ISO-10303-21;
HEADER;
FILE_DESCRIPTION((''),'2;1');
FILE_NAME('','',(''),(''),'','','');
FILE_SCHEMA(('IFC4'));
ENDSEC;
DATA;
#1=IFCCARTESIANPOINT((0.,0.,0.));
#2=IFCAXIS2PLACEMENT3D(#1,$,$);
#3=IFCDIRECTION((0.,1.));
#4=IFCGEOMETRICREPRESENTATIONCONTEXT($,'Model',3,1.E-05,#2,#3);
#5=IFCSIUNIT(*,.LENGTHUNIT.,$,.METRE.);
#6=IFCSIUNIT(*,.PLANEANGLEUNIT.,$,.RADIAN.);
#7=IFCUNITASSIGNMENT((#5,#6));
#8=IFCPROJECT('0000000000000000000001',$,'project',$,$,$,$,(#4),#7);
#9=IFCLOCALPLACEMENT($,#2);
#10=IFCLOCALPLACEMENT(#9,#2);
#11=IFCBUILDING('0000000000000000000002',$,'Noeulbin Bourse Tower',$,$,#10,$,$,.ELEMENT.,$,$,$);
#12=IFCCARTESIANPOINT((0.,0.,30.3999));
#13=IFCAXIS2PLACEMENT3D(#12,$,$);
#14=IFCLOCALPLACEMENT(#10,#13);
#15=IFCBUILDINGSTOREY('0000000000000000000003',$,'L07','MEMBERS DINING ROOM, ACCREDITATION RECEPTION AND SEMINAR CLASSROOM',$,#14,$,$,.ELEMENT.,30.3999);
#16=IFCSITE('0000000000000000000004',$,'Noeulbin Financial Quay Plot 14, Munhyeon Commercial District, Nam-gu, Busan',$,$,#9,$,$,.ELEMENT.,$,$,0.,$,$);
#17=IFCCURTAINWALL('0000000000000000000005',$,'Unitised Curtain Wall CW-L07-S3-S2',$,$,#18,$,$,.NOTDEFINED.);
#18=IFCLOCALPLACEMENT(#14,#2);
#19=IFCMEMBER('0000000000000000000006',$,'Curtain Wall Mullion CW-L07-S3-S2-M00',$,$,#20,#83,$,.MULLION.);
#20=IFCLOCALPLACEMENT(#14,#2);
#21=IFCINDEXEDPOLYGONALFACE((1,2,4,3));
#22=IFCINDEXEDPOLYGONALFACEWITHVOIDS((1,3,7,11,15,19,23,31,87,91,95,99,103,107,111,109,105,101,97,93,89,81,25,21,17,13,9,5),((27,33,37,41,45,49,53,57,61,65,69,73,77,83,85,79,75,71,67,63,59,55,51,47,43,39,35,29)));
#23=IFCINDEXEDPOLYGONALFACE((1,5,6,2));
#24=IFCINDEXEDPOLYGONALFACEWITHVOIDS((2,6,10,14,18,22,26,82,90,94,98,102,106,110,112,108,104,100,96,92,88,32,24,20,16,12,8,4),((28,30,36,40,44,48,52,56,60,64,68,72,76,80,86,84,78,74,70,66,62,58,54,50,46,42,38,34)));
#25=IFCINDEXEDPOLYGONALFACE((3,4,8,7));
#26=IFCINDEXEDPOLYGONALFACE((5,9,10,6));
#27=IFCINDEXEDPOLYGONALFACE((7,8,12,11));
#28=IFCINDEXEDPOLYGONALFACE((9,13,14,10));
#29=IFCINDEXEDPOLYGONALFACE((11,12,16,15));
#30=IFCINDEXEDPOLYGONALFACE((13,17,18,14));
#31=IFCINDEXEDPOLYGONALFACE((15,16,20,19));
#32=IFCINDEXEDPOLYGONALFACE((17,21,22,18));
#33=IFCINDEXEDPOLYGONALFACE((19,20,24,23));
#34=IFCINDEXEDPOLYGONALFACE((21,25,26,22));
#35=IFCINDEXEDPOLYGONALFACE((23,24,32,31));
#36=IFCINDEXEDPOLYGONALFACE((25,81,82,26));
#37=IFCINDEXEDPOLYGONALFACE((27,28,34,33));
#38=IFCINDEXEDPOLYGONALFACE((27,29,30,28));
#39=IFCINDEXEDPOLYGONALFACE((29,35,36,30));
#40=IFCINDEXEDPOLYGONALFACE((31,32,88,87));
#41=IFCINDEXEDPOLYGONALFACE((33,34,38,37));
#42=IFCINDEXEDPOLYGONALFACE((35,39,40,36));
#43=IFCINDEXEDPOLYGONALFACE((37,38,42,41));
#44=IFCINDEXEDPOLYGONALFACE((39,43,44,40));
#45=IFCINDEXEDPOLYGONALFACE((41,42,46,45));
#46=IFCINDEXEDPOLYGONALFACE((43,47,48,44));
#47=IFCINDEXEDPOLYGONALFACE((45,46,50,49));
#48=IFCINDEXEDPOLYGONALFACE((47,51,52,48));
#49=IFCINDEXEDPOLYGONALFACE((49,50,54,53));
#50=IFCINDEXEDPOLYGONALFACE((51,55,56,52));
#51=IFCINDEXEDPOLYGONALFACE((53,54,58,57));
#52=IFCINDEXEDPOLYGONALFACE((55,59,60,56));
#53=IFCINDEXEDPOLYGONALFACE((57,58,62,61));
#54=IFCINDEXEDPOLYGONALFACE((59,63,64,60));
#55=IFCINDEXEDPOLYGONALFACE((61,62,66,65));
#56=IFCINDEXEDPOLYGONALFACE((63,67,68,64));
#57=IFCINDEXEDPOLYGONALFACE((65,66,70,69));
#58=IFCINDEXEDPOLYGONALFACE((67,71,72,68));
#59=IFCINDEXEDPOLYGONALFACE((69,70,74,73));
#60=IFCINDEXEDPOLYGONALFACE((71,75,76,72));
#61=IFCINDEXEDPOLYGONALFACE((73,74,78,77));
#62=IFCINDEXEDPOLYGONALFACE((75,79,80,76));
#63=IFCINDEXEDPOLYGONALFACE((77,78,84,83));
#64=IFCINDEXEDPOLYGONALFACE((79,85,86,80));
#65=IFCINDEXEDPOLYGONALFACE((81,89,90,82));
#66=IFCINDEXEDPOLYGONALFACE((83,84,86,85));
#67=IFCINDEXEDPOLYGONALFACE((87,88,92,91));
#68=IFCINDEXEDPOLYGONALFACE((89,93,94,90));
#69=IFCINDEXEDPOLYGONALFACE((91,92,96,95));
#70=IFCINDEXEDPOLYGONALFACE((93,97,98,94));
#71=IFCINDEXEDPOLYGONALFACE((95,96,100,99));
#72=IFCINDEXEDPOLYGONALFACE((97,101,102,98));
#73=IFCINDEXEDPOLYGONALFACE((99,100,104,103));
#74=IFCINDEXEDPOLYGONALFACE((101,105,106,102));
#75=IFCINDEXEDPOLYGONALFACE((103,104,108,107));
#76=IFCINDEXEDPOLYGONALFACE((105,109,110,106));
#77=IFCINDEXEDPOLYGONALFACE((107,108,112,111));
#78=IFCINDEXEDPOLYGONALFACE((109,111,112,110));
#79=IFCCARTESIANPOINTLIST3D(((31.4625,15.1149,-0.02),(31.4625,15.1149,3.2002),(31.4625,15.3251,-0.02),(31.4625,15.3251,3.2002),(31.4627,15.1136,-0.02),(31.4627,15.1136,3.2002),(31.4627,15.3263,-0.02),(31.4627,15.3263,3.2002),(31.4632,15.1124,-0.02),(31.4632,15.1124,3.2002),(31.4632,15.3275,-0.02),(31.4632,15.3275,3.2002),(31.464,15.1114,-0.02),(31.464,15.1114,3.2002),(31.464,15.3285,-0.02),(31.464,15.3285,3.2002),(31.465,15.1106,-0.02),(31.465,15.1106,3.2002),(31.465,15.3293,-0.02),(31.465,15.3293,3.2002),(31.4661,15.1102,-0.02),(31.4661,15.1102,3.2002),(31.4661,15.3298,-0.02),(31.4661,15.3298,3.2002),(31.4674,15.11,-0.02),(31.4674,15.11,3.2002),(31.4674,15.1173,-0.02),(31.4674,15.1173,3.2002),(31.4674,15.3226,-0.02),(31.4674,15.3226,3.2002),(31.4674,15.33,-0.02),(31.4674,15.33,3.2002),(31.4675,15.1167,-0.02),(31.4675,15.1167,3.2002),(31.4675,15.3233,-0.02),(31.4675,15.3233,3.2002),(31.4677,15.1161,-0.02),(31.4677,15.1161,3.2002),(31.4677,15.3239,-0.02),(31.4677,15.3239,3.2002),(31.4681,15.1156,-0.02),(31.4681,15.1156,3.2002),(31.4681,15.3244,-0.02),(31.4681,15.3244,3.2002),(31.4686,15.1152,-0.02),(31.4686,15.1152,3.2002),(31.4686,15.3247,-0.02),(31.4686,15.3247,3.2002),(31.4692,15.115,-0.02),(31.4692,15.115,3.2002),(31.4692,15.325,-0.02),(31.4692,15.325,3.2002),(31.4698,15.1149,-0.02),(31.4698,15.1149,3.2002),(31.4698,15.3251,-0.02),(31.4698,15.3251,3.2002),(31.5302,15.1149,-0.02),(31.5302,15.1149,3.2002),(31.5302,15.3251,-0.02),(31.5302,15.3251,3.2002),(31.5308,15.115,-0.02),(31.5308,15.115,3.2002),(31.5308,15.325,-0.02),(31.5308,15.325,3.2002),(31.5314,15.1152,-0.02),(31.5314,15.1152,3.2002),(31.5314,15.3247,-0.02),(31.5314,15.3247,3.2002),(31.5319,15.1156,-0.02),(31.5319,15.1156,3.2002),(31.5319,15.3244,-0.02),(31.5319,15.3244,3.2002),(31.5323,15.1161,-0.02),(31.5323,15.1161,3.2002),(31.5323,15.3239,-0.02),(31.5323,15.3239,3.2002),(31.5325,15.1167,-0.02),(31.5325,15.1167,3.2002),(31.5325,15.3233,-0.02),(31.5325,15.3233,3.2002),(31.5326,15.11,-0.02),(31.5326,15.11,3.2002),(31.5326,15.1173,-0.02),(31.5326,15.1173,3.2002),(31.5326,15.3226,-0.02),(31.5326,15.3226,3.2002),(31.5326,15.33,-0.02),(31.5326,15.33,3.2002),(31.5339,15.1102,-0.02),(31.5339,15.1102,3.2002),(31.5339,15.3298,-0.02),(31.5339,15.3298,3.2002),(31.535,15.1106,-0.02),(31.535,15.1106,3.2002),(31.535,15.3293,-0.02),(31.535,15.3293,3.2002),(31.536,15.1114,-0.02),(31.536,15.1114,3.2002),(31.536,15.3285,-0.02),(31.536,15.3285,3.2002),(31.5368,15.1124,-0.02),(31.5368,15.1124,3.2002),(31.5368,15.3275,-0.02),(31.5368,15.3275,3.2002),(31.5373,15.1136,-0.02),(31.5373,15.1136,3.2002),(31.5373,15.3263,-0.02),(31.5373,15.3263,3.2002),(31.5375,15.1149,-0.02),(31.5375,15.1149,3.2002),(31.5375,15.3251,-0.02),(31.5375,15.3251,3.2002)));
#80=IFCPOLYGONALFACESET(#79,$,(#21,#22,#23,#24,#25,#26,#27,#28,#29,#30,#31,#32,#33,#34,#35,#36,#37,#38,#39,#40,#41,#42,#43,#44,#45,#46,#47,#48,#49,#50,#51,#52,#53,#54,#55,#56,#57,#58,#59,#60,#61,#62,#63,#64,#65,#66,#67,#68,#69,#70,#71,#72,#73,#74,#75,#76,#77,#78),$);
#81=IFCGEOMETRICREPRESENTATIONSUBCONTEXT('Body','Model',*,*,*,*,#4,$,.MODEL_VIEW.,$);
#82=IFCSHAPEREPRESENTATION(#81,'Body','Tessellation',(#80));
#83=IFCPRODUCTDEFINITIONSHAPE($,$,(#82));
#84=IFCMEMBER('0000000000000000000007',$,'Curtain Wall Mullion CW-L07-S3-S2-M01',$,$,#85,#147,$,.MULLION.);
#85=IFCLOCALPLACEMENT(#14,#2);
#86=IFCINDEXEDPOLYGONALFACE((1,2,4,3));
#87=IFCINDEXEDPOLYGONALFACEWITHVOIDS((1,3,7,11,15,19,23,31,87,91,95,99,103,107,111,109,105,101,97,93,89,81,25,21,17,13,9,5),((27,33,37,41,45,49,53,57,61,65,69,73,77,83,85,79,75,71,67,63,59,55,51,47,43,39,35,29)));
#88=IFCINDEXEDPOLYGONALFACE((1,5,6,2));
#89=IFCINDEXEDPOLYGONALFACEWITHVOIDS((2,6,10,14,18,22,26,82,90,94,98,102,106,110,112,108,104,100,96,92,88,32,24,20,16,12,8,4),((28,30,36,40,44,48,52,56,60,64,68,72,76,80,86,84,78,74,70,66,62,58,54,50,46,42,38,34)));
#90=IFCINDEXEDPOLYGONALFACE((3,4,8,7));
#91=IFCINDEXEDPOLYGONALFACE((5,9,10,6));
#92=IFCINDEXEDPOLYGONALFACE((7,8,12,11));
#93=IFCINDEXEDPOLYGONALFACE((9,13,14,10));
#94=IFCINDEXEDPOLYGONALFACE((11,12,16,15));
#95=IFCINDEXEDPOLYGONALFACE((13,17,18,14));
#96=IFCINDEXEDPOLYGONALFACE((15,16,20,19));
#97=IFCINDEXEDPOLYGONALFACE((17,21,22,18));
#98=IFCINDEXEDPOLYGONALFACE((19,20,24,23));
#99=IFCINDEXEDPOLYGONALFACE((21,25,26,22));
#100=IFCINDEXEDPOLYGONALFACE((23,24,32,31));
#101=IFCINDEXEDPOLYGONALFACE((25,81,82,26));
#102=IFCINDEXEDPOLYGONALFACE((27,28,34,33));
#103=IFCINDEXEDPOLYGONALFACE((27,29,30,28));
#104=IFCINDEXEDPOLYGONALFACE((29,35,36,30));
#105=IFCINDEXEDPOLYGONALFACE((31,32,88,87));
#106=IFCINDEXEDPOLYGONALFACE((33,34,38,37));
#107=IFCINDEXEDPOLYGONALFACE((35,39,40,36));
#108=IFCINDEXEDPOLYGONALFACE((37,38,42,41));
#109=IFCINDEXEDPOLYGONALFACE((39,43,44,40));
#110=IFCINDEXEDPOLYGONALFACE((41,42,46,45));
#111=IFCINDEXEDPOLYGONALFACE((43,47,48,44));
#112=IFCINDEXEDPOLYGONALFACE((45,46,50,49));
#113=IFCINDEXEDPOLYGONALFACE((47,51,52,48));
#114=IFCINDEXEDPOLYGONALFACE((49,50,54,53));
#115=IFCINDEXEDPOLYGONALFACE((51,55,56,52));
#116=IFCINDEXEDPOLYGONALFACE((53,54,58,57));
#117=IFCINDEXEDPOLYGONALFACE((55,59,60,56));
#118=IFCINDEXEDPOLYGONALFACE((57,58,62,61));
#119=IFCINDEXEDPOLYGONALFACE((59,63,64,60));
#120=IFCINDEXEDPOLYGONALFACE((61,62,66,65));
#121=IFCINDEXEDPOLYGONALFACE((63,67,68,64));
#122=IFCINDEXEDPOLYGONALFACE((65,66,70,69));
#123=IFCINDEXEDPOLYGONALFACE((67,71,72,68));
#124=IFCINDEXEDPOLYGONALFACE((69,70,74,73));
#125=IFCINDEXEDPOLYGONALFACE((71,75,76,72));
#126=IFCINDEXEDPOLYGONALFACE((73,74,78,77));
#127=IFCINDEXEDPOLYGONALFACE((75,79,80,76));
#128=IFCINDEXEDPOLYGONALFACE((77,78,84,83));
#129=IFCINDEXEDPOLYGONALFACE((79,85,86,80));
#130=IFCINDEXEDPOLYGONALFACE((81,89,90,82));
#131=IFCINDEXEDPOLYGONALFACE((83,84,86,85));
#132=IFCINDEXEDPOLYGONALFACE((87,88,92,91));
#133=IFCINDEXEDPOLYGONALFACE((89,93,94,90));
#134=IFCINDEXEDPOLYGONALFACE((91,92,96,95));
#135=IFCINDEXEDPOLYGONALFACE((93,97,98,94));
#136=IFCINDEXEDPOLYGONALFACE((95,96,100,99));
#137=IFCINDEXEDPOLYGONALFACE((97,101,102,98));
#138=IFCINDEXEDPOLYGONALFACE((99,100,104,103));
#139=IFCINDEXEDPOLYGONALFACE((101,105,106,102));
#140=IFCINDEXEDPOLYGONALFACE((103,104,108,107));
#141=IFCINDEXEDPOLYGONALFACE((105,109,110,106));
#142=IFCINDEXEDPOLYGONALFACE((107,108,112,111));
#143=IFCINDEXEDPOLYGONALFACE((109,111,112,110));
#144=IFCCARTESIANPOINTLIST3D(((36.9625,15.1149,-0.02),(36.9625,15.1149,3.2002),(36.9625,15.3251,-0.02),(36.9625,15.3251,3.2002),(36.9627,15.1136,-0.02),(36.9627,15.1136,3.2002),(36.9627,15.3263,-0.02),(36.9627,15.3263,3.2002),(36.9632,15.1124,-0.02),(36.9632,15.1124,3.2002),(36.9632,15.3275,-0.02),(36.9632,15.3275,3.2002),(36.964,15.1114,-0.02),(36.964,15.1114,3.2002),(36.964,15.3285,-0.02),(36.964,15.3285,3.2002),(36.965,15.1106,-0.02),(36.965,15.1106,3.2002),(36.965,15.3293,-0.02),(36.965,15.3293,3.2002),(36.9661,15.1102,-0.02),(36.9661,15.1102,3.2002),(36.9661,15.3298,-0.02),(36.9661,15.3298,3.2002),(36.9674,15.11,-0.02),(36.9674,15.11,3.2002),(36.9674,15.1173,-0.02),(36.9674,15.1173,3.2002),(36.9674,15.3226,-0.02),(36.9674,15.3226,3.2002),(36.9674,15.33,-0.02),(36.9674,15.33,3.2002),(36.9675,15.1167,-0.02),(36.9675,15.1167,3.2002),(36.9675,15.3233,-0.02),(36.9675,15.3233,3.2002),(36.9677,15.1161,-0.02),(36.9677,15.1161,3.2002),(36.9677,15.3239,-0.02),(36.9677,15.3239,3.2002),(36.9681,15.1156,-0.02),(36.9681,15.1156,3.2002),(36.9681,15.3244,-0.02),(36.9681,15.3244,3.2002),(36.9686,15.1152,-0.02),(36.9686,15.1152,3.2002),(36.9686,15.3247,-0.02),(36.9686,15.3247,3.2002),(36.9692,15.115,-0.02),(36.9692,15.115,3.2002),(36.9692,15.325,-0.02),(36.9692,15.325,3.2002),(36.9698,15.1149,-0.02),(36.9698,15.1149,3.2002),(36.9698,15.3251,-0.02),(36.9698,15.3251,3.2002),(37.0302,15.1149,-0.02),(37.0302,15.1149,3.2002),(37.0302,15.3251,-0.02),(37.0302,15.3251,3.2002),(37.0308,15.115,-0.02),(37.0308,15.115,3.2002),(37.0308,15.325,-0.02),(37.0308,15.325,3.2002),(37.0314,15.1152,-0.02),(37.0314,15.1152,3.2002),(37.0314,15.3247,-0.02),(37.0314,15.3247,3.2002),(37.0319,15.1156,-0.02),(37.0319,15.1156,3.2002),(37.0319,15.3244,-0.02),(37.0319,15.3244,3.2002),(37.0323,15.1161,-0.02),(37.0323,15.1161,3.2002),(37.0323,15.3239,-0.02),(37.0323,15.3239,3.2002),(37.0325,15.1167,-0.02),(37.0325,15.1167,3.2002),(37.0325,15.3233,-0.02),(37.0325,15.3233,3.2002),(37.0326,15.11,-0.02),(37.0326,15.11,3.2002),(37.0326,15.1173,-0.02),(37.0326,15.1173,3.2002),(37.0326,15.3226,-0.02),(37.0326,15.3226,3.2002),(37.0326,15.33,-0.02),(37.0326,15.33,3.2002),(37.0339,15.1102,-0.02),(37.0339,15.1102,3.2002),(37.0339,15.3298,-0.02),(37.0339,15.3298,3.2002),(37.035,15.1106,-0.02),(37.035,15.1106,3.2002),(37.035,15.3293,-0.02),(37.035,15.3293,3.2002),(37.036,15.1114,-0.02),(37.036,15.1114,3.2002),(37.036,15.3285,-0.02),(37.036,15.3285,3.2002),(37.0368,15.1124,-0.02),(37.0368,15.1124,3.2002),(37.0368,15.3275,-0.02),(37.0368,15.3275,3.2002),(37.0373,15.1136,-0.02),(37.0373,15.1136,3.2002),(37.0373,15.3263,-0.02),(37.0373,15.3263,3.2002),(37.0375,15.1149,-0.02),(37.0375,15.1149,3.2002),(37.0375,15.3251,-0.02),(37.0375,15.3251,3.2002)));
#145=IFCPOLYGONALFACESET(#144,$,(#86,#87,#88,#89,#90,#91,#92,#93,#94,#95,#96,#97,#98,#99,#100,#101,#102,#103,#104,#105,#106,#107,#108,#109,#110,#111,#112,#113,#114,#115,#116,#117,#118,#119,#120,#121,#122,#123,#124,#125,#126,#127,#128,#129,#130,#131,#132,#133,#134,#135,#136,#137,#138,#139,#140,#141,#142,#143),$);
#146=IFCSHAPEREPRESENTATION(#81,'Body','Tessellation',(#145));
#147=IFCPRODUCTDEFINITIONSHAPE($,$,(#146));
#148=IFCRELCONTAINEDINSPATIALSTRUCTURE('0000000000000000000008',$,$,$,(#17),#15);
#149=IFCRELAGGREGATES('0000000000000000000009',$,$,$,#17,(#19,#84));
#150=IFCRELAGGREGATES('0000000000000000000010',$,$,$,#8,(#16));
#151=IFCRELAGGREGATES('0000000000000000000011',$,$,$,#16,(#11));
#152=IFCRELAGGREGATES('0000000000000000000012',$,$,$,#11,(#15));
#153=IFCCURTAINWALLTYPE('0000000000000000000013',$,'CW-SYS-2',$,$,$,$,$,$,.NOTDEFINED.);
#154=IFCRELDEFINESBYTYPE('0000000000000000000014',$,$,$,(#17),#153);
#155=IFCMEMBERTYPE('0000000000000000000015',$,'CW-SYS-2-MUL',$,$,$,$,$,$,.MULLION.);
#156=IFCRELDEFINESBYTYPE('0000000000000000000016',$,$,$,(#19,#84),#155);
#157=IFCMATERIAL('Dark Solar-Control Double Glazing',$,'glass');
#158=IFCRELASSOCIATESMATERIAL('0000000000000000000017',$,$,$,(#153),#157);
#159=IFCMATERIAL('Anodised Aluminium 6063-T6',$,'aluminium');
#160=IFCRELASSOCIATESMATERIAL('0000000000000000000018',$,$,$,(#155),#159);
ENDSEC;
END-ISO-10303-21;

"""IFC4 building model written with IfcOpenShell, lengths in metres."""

from ifc_helpers import new_model, si_unit, direction, frame, origin, origin_2d, place, context, subcontext, project, spatial, hollow_rectangle, extrude, material, material_profile, profile_set, type_object, element, aggregate, save


model = new_model("IFC4")

# Units and contexts
model_context = context("Model", 3, precision=1e-05, world=origin(), true_north=direction((0.0, 1.0)))
body_context = subcontext(model_context, "Body", "Model", "MODEL_VIEW")
ifc_project = project(units=[si_unit("LENGTHUNIT", "METRE"), si_unit("PLANEANGLEUNIT", "RADIAN")], contexts=[model_context])

# Site, building, storey
site_placement = place(None, origin())
site = spatial("IfcSite", under=ifc_project, at=site_placement, Name="Noeulbin Financial Quay Plot 14, Munhyeon Commercial District, Nam-gu, Busan", CompositionType="ELEMENT", RefElevation=0.0)
building_placement = place(site_placement, origin())
building = spatial("IfcBuilding", under=site, at=building_placement, Name="Noeulbin Bourse Tower", CompositionType="ELEMENT")
storey_placement = place(building_placement, frame((0.0, 0.0, 30.3999)))
storey = spatial("IfcBuildingStorey", under=building, at=storey_placement, Name="L07", Description="MEMBERS DINING ROOM, ACCREDITATION RECEPTION AND SEMINAR CLASSROOM", CompositionType="ELEMENT", Elevation=30.3999)

# Curtain wall, members
ifc_material_1 = material(Name="Dark Solar-Control Double Glazing", Category="glass")
curtain_wall_type = type_object("IfcCurtainWallType", Name="CW-SYS-2", PredefinedType="NOTDEFINED", material=ifc_material_1)
ifc_material_2 = material(Name="Anodised Aluminium 6063-T6", Category="aluminium")
ifc_material_profile_1 = material_profile(ifc_material_2, hollow_rectangle(XDim=0.075, YDim=0.22, WallThickness=0.0049, InnerFilletRadius=0.0024, OuterFilletRadius=0.0049, at=origin_2d()), Name="ALU-MULL-75x220x5", Category="LoadBearing")
ifc_profile_set_1 = profile_set([ifc_material_profile_1], Name="Anodised Aluminium 6063-T6")
member_type_1 = type_object("IfcMemberType", Name="CW-SYS-2-MUL", PredefinedType="MULLION", material=ifc_profile_set_1)
curtain_wall_1_placement = place(storey_placement, origin())
curtain_wall_1 = element("IfcCurtainWall", 1, at=curtain_wall_1_placement, inside=storey, type_object=curtain_wall_type, Name="Unitised Curtain Wall CW-L07-S3-S2", PredefinedType="NOTDEFINED")
member_1_placement = place(storey_placement, frame((31.5, 15.22, -0.02), z_axis=(0.0, 0.0, 1.0), x_axis=(1.0, 0.0, 0.0)))
member_1 = element("IfcMember", 2, at=member_1_placement, type_object=member_type_1, Name="Curtain Wall Mullion CW-L07-S3-S2-M00", PredefinedType="MULLION", context=body_context, shape_type="SweptSolid", body=[
    extrude(hollow_rectangle(XDim=0.075, YDim=0.22, WallThickness=0.0049, InnerFilletRadius=0.0024, OuterFilletRadius=0.0049, at=origin_2d()), origin(), (0.0, 0.0, 1.0), 3.2202),
])
member_2_placement = place(storey_placement, frame((37.0, 15.22, -0.02), z_axis=(0.0, 0.0, 1.0), x_axis=(1.0, 0.0, 0.0)))
member_2 = element("IfcMember", 3, at=member_2_placement, type_object=member_type_1, Name="Curtain Wall Mullion CW-L07-S3-S2-M01", PredefinedType="MULLION", context=body_context, shape_type="SweptSolid", body=[
    extrude(hollow_rectangle(XDim=0.075, YDim=0.22, WallThickness=0.0049, InnerFilletRadius=0.0024, OuterFilletRadius=0.0049, at=origin_2d()), origin(), (0.0, 0.0, 1.0), 3.2202),
])

aggregate(curtain_wall_1, [member_1, member_2])

save(model, "model.ifc")
